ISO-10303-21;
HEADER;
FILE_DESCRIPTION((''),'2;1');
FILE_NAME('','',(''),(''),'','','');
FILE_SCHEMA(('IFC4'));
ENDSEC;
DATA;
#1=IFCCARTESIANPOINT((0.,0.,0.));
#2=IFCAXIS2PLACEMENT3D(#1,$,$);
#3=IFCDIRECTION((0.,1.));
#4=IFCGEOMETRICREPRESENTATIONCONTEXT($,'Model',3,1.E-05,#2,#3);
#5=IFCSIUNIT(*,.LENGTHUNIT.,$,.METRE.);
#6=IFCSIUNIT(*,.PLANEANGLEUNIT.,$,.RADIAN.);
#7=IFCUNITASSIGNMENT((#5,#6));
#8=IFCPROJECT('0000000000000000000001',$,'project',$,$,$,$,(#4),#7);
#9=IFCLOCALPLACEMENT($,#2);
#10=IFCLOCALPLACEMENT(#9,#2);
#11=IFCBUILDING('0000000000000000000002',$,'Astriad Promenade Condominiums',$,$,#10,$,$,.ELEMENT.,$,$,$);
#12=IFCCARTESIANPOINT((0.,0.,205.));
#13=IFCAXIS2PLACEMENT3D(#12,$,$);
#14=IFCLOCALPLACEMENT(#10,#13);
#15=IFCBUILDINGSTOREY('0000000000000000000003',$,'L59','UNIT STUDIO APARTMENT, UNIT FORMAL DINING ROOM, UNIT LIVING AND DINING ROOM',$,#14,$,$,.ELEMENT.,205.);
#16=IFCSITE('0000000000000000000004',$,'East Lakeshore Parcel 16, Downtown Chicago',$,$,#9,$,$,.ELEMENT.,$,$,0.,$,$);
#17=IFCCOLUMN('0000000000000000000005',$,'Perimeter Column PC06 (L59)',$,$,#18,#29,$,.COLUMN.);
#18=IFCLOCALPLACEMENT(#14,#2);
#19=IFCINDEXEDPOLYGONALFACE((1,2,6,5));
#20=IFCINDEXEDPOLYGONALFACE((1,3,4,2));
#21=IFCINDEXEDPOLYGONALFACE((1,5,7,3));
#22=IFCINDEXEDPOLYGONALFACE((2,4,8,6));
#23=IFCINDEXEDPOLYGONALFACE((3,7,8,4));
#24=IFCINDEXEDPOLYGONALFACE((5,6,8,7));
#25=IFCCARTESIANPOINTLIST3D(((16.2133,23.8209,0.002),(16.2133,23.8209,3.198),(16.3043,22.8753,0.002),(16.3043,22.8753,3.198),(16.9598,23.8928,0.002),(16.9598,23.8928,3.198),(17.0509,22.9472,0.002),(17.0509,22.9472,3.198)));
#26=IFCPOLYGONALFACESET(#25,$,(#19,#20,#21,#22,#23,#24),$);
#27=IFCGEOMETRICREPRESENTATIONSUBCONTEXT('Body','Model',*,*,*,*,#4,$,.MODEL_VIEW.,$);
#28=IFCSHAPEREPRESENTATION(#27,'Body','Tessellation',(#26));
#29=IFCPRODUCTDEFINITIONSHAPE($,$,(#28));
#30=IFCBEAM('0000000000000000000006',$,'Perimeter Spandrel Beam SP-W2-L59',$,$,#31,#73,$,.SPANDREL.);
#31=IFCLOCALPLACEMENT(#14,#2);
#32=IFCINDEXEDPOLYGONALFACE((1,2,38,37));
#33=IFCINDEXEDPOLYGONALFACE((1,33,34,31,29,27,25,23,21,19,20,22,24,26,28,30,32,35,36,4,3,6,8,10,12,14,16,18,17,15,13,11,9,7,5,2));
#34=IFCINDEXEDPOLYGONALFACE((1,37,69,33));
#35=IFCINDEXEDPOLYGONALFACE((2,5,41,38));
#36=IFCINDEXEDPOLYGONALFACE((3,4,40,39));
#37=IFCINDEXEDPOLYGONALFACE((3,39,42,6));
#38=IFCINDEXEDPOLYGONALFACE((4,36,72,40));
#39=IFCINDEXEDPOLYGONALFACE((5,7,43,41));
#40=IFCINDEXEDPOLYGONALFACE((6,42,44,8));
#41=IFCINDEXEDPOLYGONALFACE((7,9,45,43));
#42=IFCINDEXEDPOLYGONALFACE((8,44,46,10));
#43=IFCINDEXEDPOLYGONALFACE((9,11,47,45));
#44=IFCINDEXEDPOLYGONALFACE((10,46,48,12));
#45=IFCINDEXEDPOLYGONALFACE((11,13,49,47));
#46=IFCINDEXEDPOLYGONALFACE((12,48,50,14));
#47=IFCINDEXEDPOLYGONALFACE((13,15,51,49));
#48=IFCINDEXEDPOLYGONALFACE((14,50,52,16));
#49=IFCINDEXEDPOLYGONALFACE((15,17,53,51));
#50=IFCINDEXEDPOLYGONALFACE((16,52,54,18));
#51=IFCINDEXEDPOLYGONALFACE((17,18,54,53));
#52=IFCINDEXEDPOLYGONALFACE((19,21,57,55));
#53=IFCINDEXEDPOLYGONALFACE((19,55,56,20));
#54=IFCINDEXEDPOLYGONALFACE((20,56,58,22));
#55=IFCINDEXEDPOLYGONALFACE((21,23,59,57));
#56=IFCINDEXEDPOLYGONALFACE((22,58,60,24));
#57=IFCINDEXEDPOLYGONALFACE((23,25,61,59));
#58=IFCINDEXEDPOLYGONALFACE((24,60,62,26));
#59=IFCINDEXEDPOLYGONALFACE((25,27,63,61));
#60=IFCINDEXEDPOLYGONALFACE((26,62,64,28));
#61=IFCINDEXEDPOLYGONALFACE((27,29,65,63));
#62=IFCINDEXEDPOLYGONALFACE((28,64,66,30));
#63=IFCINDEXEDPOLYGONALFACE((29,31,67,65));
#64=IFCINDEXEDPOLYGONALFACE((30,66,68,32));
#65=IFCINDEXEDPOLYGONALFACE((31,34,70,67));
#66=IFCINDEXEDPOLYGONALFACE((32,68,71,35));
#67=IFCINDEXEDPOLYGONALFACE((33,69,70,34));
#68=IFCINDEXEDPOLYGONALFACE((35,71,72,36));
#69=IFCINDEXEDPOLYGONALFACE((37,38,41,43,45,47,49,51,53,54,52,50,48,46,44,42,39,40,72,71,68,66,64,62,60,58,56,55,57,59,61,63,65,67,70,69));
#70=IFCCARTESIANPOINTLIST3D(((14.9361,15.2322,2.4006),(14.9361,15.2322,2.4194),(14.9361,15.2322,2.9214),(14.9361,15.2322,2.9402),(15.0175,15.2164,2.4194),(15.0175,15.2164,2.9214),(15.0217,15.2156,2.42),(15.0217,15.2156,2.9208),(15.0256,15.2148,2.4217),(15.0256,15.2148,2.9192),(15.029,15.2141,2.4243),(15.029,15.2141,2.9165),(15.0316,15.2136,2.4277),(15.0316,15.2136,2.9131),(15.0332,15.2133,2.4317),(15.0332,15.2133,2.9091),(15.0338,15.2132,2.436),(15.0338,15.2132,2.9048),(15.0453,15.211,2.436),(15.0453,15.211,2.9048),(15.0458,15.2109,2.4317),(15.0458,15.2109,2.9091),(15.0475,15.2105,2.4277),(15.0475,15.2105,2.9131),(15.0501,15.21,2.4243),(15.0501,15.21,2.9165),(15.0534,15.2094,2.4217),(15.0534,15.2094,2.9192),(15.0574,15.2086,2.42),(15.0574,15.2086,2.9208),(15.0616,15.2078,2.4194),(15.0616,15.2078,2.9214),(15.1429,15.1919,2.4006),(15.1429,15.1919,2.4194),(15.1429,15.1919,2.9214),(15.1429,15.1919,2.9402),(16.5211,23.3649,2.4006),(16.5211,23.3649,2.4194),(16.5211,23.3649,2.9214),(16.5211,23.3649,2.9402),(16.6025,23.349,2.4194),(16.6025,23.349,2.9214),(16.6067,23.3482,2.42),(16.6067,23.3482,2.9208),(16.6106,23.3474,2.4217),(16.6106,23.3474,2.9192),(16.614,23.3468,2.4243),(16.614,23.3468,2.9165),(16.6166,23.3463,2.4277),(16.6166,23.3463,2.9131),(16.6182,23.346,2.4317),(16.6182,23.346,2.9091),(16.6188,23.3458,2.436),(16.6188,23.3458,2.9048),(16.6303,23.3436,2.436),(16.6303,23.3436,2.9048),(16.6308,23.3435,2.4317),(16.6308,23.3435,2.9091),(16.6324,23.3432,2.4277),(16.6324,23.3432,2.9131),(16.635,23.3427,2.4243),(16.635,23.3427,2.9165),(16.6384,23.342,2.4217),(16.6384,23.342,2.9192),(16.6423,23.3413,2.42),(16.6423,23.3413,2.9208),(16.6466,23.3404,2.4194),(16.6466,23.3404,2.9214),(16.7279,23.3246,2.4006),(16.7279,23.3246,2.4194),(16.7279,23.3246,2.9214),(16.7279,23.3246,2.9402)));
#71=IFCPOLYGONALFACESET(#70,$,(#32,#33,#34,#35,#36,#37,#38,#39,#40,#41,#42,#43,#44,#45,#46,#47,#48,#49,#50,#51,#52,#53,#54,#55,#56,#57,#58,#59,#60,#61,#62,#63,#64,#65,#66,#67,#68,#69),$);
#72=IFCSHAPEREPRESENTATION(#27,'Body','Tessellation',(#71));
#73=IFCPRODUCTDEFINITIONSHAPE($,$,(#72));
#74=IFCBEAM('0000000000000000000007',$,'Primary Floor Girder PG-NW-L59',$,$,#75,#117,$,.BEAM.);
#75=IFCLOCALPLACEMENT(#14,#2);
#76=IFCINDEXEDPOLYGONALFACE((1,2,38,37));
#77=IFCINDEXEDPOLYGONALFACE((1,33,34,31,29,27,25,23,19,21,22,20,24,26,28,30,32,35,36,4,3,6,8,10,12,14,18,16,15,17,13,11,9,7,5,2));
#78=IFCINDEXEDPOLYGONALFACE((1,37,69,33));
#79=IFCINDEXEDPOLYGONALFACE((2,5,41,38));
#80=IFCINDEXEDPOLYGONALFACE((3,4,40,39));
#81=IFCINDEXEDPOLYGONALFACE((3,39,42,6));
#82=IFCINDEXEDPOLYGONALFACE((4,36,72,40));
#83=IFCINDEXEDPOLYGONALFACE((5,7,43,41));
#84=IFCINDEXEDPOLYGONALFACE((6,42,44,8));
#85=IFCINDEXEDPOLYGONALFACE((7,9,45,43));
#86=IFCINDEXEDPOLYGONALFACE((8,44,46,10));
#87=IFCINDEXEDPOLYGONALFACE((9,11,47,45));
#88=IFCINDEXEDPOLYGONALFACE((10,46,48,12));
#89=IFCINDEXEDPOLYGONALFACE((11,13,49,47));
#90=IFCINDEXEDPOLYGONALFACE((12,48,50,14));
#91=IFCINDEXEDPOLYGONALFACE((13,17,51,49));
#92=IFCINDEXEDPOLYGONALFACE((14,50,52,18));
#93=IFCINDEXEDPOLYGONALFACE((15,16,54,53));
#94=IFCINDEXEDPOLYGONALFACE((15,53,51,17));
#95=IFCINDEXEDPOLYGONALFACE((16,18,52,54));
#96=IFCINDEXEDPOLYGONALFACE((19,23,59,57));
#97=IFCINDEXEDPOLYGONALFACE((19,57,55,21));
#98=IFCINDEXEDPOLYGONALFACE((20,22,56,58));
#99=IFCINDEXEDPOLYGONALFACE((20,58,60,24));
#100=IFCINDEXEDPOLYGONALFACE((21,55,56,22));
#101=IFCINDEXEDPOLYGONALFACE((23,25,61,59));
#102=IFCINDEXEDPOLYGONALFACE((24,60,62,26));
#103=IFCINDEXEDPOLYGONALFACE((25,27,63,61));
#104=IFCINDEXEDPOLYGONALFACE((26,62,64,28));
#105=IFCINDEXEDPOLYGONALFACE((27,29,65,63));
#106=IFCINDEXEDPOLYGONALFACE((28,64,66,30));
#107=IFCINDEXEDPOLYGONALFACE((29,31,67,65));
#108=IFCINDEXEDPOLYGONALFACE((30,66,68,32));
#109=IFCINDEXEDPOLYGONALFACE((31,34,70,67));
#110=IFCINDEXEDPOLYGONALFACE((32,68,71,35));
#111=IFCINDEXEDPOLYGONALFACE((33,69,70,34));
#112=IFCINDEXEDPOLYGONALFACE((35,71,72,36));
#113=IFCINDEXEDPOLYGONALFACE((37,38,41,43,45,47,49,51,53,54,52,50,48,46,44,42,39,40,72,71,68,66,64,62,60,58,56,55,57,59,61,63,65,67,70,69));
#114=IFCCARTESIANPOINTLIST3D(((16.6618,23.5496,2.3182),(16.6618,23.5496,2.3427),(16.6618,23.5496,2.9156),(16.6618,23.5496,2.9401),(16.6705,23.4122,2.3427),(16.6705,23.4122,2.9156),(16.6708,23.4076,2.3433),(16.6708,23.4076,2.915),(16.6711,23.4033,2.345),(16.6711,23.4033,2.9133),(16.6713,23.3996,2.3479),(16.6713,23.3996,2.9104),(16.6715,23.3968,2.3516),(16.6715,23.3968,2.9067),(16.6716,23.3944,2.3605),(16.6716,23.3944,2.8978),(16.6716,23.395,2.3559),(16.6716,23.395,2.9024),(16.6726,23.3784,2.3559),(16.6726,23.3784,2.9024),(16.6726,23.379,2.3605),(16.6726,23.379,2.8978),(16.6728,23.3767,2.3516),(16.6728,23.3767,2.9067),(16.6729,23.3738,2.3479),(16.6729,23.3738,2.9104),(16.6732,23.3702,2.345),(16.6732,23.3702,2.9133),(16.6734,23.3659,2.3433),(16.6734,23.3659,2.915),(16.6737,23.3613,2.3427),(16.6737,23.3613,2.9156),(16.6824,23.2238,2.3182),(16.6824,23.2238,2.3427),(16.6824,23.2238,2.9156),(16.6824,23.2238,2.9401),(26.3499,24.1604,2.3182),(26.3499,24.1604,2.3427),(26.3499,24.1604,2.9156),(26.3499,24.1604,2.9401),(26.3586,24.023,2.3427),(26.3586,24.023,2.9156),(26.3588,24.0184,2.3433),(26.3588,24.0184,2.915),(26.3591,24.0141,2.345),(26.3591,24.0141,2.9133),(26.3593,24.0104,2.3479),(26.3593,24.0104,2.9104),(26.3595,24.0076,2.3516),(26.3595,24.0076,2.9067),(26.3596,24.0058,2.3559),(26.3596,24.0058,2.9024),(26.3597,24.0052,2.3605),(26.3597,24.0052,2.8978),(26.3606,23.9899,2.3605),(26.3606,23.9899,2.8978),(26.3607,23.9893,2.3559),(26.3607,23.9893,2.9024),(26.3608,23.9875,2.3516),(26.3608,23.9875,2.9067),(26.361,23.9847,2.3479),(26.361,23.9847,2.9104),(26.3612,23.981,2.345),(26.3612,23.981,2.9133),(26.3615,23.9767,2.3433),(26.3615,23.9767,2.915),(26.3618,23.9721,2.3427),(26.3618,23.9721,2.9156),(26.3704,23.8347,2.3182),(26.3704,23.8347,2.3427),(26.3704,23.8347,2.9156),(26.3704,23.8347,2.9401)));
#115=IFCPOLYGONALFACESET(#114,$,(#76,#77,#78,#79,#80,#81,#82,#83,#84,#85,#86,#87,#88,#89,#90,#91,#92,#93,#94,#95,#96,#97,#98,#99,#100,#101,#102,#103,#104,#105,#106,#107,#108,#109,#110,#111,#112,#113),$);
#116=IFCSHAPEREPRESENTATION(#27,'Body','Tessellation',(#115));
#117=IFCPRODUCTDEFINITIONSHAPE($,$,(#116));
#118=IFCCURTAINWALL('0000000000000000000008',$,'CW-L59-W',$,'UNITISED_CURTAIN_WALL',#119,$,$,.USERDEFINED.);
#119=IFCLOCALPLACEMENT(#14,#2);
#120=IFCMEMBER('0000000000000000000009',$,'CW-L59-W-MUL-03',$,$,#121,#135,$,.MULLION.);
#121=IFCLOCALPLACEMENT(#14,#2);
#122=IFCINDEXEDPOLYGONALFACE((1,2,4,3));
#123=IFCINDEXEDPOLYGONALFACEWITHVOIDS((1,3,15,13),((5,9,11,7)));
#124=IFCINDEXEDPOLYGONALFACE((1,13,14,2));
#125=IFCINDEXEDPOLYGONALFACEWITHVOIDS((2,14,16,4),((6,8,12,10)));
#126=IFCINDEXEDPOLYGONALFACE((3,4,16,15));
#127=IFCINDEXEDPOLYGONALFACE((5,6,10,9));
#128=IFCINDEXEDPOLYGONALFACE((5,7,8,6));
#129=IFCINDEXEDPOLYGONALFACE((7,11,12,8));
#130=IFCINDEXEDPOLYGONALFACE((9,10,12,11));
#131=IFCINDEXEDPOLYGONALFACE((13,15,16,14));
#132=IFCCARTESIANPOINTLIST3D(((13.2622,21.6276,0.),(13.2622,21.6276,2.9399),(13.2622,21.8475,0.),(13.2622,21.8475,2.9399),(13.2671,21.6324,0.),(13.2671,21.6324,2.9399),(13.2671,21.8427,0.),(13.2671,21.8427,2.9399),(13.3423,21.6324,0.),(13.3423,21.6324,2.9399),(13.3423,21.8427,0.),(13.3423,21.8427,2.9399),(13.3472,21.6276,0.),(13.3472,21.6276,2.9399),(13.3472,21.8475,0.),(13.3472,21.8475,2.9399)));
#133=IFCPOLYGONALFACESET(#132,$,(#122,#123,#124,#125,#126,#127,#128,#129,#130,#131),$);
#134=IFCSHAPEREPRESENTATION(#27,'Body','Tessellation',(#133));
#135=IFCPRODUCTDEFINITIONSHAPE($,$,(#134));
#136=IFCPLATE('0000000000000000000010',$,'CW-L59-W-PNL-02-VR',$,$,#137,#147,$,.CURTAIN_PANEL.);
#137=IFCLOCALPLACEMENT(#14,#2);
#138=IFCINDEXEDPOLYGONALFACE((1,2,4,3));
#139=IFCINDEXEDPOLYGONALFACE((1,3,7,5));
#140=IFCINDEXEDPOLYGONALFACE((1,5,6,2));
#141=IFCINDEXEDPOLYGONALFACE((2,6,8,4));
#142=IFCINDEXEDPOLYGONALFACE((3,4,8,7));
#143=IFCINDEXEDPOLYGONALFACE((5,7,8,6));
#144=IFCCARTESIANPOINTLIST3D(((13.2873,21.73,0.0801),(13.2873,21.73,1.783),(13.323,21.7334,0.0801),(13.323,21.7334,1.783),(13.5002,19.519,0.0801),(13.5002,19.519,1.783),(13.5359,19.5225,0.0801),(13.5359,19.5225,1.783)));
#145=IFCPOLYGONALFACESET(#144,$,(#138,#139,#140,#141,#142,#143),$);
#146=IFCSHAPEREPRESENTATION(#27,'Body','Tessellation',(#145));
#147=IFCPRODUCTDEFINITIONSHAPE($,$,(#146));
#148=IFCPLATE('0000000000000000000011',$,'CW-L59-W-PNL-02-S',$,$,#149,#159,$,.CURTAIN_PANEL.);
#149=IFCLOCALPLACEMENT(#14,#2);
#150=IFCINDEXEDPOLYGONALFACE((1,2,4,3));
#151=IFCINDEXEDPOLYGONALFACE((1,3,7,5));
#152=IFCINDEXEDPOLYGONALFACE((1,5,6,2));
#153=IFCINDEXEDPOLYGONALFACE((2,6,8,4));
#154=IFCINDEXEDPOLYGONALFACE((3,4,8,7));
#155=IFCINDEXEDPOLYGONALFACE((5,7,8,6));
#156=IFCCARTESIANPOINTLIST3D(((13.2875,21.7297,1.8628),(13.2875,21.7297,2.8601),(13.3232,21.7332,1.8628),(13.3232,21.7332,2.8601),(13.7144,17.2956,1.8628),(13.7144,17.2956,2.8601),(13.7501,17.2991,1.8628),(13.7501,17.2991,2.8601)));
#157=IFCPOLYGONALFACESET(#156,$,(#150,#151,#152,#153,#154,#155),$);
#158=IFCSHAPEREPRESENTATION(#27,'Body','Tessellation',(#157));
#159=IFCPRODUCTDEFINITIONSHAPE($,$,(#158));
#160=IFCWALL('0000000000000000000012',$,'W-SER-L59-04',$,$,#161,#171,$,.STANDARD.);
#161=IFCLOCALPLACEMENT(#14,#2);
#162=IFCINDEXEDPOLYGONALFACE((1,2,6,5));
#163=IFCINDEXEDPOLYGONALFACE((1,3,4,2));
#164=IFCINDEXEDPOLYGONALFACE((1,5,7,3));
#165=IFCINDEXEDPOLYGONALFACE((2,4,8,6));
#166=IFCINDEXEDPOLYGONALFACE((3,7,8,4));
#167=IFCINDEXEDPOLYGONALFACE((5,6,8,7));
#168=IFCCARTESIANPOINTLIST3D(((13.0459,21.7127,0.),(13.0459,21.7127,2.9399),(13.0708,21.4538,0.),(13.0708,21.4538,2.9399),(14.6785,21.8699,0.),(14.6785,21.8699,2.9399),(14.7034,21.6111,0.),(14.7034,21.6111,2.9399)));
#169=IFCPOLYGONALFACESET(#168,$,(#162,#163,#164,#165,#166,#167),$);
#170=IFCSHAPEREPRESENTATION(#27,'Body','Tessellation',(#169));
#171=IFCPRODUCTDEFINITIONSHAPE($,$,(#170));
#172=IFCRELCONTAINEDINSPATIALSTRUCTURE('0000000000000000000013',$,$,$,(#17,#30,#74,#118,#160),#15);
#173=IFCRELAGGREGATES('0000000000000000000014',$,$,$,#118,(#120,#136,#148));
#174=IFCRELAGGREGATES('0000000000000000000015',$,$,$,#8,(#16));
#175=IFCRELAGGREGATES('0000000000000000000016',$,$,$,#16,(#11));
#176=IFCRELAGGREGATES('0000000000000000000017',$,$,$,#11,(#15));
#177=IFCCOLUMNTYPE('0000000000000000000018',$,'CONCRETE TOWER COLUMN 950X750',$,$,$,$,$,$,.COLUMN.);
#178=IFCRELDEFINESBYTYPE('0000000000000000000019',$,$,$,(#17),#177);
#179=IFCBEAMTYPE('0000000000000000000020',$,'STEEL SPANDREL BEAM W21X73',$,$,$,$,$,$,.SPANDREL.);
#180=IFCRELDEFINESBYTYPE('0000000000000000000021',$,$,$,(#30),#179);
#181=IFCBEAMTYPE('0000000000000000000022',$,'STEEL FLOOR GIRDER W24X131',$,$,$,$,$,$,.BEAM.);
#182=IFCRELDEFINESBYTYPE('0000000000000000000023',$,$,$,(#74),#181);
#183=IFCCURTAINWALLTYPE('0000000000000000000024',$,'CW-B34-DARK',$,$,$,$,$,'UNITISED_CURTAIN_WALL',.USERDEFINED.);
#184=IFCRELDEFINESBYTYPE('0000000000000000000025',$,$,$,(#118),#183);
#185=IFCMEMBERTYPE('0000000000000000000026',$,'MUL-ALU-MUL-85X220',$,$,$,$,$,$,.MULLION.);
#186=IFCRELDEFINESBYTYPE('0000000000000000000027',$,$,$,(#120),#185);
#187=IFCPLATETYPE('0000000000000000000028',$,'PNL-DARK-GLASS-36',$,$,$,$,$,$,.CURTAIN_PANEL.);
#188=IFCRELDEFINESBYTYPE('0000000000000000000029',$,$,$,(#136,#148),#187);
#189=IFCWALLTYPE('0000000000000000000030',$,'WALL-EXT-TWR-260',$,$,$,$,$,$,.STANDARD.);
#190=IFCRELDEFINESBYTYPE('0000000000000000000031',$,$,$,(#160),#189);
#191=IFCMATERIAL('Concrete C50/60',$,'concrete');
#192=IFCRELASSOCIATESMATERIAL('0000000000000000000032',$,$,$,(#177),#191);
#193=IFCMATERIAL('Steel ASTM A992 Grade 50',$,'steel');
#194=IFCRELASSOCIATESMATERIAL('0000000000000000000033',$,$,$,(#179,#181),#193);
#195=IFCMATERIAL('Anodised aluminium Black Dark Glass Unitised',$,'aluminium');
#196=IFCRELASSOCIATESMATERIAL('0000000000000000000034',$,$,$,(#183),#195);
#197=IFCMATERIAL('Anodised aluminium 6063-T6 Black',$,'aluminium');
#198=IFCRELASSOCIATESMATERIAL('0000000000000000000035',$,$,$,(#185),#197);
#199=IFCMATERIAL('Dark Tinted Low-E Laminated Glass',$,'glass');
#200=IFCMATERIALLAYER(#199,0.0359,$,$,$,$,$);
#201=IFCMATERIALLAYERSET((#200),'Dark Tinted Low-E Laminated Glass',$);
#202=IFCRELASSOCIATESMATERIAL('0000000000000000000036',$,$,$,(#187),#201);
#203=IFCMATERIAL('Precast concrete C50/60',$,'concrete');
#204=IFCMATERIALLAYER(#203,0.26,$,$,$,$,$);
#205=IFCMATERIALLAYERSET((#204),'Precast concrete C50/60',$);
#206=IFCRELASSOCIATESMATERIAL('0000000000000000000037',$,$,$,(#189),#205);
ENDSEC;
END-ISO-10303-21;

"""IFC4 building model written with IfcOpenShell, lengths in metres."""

from ifc_helpers import new_model, si_unit, direction, frame, frame_2d, origin, origin_2d, place, context, subcontext, project, spatial, rectangle, hollow_rectangle, i_section, extrude, source, transform, mapped, material, layer, layer_set, material_profile, profile_set, type_object, type_shapes, element, aggregate, save


model = new_model("IFC4")

# Units and contexts
model_context = context("Model", 3, precision=1e-05, world=origin(), true_north=direction((0.0, 1.0)))
body_context = subcontext(model_context, "Body", "Model", "MODEL_VIEW")
ifc_project = project(units=[si_unit("LENGTHUNIT", "METRE"), si_unit("PLANEANGLEUNIT", "RADIAN")], contexts=[model_context])

# Site, building, storey
site_placement = place(None, origin())
site = spatial("IfcSite", under=ifc_project, at=site_placement, Name="East Lakeshore Parcel 16, Downtown Chicago", CompositionType="ELEMENT", RefElevation=0.0)
building_placement = place(site_placement, origin())
building = spatial("IfcBuilding", under=site, at=building_placement, Name="Astriad Promenade Condominiums", CompositionType="ELEMENT")
storey_placement = place(building_placement, frame((0.0, 0.0, 205.0)))
storey = spatial("IfcBuildingStorey", under=building, at=storey_placement, Name="L59", Description="UNIT STUDIO APARTMENT, UNIT FORMAL DINING ROOM, UNIT LIVING AND DINING ROOM", CompositionType="ELEMENT", Elevation=205.0)

# Column
ifc_material_1 = material(Name="Concrete C50/60", Category="concrete")
ifc_material_profile_1 = material_profile(ifc_material_1, rectangle(XDim=0.75, YDim=0.95, at=origin_2d()), Name="RC-COL-950X750")
ifc_profile_set_1 = profile_set([ifc_material_profile_1], Name="Concrete C50/60")
column_type = type_object("IfcColumnType", Name="CONCRETE TOWER COLUMN 950X750", PredefinedType="COLUMN", material=ifc_profile_set_1)
shared_shape_1 = source(origin(), body_context, "Body", "SweptSolid", [
    extrude(rectangle(XDim=0.75, YDim=0.95, at=origin_2d()), origin(), (0.0, 0.0, 1.0), 3.196),
])
type_shapes(column_type, [shared_shape_1])
column_placement = place(storey_placement, frame((16.6321, 23.384, 0.002), z_axis=(0.0, 0.0, 1.0), x_axis=(0.995396, 0.095846, 0.0)))
element("IfcColumn", 1, at=column_placement, inside=storey, type_object=column_type, Name="Perimeter Column PC06 (L59)", PredefinedType="COLUMN", context=body_context, shape_type="MappedRepresentation", body=[
    mapped(shared_shape_1, transform((0.0, 0.0, 0.0), scale=1.0)),
])

# Beams
ifc_material_2 = material(Name="Steel ASTM A992 Grade 50", Category="steel")
ifc_material_profile_2 = material_profile(ifc_material_2, i_section(OverallWidth=0.2107, OverallDepth=0.5396, WebThickness=0.0117, FlangeThickness=0.0188, FilletRadius=0.0166, at=origin_2d()), Name="W21X73")
ifc_profile_set_2 = profile_set([ifc_material_profile_2], Name="Steel ASTM A992 Grade 50")
beam_type_1 = type_object("IfcBeamType", Name="STEEL SPANDREL BEAM W21X73", PredefinedType="SPANDREL", material=ifc_profile_set_2)
shared_shape_2 = source(origin(), body_context, "Body", "SweptSolid", [
    extrude(i_section(OverallWidth=0.2107, OverallDepth=0.5396, WebThickness=0.0117, FlangeThickness=0.0188, FilletRadius=0.0166, at=origin_2d()), origin(), (0.0, 0.0, 1.0), 8.2856),
])
type_shapes(beam_type_1, [shared_shape_2])
beam_1_placement = place(storey_placement, frame((16.6245, 23.3447, 2.6704), z_axis=(-0.191292, -0.981533, 0.0), x_axis=(0.981533, -0.191292, 0.0)))
element("IfcBeam", 2, at=beam_1_placement, inside=storey, type_object=beam_type_1, Name="Perimeter Spandrel Beam SP-W2-L59", PredefinedType="SPANDREL", context=body_context, shape_type="MappedRepresentation", body=[
    mapped(shared_shape_2, transform((0.0, 0.0, 0.0), scale=1.0)),
])
ifc_material_profile_3 = material_profile(ifc_material_2, i_section(OverallWidth=0.3264, OverallDepth=0.6218, WebThickness=0.0154, FlangeThickness=0.0244, FilletRadius=0.0178, at=origin_2d()), Name="W24X131")
ifc_profile_set_3 = profile_set([ifc_material_profile_3], Name="Steel ASTM A992 Grade 50")
beam_type_2 = type_object("IfcBeamType", Name="STEEL FLOOR GIRDER W24X131", PredefinedType="BEAM", material=ifc_profile_set_3)
shared_shape_3 = source(origin(), body_context, "Body", "SweptSolid", [
    extrude(i_section(OverallWidth=0.3264, OverallDepth=0.6218, WebThickness=0.0154, FlangeThickness=0.0244, FilletRadius=0.0178, at=origin_2d()), origin(), (0.0, 0.0, 1.0), 9.7073),
])
type_shapes(beam_type_2, [shared_shape_3])
beam_2_placement = place(storey_placement, frame((16.6721, 23.3867, 2.6292), z_axis=(0.998018, 0.062926, 0.0), x_axis=(-0.062926, 0.998018, 0.0)))
element("IfcBeam", 3, at=beam_2_placement, inside=storey, type_object=beam_type_2, Name="Primary Floor Girder PG-NW-L59", PredefinedType="BEAM", context=body_context, shape_type="MappedRepresentation", body=[
    mapped(shared_shape_3, transform((0.0, 0.0, 0.0), scale=1.0)),
])

# Curtain wall, member, plates
ifc_material_3 = material(Name="Anodised aluminium Black Dark Glass Unitised", Category="aluminium")
curtain_wall_type = type_object("IfcCurtainWallType", Name="CW-B34-DARK", ElementType="UNITISED_CURTAIN_WALL", PredefinedType="USERDEFINED", material=ifc_material_3)
curtain_wall_placement = place(storey_placement, origin())
curtain_wall = element("IfcCurtainWall", 4, at=curtain_wall_placement, inside=storey, type_object=curtain_wall_type, Name="CW-L59-W", ObjectType="UNITISED_CURTAIN_WALL", PredefinedType="USERDEFINED")
ifc_material_4 = material(Name="Anodised aluminium 6063-T6 Black", Category="aluminium")
ifc_material_profile_4 = material_profile(ifc_material_4, hollow_rectangle(XDim=0.085, YDim=0.22, WallThickness=0.0049, at=origin_2d()), Name="ALU-MUL-85X220")
ifc_profile_set_4 = profile_set([ifc_material_profile_4], Name="Anodised aluminium 6063-T6 Black")
member_type = type_object("IfcMemberType", Name="MUL-ALU-MUL-85X220", PredefinedType="MULLION", material=ifc_profile_set_4)
shared_shape_4 = source(origin(), body_context, "Body", "SweptSolid", [
    extrude(hollow_rectangle(XDim=0.085, YDim=0.22, WallThickness=0.0049, at=origin_2d()), origin(), (0.0, 0.0, 1.0), 2.9399),
])
type_shapes(member_type, [shared_shape_4])
member_placement = place(storey_placement, frame((13.3047, 21.7375, 0.0), z_axis=(0.0, 0.0, 1.0), x_axis=(1.0, 0.0, 0.0)))
member = element("IfcMember", 5, at=member_placement, type_object=member_type, Name="CW-L59-W-MUL-03", PredefinedType="MULLION", context=body_context, shape_type="MappedRepresentation", body=[
    mapped(shared_shape_4, transform((0.0, 0.0, 0.0), scale=1.0)),
])
ifc_material_5 = material(Name="Dark Tinted Low-E Laminated Glass", Category="glass")
ifc_layer_1 = layer(ifc_material_5, 0.0359)
ifc_layer_set_1 = layer_set([ifc_layer_1], Name="Dark Tinted Low-E Laminated Glass")
plate_type = type_object("IfcPlateType", Name="PNL-DARK-GLASS-36", PredefinedType="CURTAIN_PANEL", material=ifc_layer_set_1)
shared_shape_5 = source(origin(), body_context, "Body", "SweptSolid", [
    extrude(rectangle(XDim=2.2212, YDim=0.0359, at=origin_2d()), origin(), (0.0, 0.0, 1.0), 1.7029),
])
plate_1_placement = place(storey_placement, frame((13.4116, 20.6262, 0.0801), z_axis=(0.0, 0.0, 1.0), x_axis=(-0.095846, 0.995396, 0.0)))
plate_1 = element("IfcPlate", 6, at=plate_1_placement, type_object=plate_type, Name="CW-L59-W-PNL-02-VR", PredefinedType="CURTAIN_PANEL", context=body_context, shape_type="MappedRepresentation", body=[
    mapped(shared_shape_5, transform((0.0, 0.0, 0.0), scale=1.0)),
])
shared_shape_6 = source(origin(), body_context, "Body", "SweptSolid", [
    extrude(rectangle(XDim=4.4546, YDim=0.0359, at=origin_2d()), origin(), (0.0, 0.0, 1.0), 0.9973),
])
type_shapes(plate_type, [shared_shape_5, shared_shape_6])
plate_2_placement = place(storey_placement, frame((13.5188, 19.5144, 1.8628), z_axis=(0.0, 0.0, 1.0), x_axis=(-0.095846, 0.995396, 0.0)))
plate_2 = element("IfcPlate", 7, at=plate_2_placement, type_object=plate_type, Name="CW-L59-W-PNL-02-S", PredefinedType="CURTAIN_PANEL", context=body_context, shape_type="MappedRepresentation", body=[
    mapped(shared_shape_6, transform((0.0, 0.0, 0.0), scale=1.0)),
])
aggregate(curtain_wall, [member, plate_1, plate_2])

# Wall
ifc_material_6 = material(Name="Precast concrete C50/60", Category="concrete")
ifc_layer_2 = layer(ifc_material_6, 0.26)
ifc_layer_set_2 = layer_set([ifc_layer_2], Name="Precast concrete C50/60")
wall_type_1 = type_object("IfcWallType", Name="WALL-EXT-TWR-260", PredefinedType="STANDARD", material=ifc_layer_set_2)
wall_1_placement = place(storey_placement, frame((13.0583, 21.5833, 0.0), z_axis=(0.0, 0.0, 1.0), x_axis=(0.995395, 0.095863, 0.0)))
element("IfcWall", 8, at=wall_1_placement, inside=storey, type_object=wall_type_1, Name="W-SER-L59-04", PredefinedType="STANDARD", context=body_context, shape_type="SweptSolid", body=[
    extrude(rectangle(XDim=1.6401, YDim=0.26, at=frame_2d((0.8201, 0.0))), origin(), (0.0, 0.0, 1.0), 2.9399),
])

save(model, "model.ifc")
